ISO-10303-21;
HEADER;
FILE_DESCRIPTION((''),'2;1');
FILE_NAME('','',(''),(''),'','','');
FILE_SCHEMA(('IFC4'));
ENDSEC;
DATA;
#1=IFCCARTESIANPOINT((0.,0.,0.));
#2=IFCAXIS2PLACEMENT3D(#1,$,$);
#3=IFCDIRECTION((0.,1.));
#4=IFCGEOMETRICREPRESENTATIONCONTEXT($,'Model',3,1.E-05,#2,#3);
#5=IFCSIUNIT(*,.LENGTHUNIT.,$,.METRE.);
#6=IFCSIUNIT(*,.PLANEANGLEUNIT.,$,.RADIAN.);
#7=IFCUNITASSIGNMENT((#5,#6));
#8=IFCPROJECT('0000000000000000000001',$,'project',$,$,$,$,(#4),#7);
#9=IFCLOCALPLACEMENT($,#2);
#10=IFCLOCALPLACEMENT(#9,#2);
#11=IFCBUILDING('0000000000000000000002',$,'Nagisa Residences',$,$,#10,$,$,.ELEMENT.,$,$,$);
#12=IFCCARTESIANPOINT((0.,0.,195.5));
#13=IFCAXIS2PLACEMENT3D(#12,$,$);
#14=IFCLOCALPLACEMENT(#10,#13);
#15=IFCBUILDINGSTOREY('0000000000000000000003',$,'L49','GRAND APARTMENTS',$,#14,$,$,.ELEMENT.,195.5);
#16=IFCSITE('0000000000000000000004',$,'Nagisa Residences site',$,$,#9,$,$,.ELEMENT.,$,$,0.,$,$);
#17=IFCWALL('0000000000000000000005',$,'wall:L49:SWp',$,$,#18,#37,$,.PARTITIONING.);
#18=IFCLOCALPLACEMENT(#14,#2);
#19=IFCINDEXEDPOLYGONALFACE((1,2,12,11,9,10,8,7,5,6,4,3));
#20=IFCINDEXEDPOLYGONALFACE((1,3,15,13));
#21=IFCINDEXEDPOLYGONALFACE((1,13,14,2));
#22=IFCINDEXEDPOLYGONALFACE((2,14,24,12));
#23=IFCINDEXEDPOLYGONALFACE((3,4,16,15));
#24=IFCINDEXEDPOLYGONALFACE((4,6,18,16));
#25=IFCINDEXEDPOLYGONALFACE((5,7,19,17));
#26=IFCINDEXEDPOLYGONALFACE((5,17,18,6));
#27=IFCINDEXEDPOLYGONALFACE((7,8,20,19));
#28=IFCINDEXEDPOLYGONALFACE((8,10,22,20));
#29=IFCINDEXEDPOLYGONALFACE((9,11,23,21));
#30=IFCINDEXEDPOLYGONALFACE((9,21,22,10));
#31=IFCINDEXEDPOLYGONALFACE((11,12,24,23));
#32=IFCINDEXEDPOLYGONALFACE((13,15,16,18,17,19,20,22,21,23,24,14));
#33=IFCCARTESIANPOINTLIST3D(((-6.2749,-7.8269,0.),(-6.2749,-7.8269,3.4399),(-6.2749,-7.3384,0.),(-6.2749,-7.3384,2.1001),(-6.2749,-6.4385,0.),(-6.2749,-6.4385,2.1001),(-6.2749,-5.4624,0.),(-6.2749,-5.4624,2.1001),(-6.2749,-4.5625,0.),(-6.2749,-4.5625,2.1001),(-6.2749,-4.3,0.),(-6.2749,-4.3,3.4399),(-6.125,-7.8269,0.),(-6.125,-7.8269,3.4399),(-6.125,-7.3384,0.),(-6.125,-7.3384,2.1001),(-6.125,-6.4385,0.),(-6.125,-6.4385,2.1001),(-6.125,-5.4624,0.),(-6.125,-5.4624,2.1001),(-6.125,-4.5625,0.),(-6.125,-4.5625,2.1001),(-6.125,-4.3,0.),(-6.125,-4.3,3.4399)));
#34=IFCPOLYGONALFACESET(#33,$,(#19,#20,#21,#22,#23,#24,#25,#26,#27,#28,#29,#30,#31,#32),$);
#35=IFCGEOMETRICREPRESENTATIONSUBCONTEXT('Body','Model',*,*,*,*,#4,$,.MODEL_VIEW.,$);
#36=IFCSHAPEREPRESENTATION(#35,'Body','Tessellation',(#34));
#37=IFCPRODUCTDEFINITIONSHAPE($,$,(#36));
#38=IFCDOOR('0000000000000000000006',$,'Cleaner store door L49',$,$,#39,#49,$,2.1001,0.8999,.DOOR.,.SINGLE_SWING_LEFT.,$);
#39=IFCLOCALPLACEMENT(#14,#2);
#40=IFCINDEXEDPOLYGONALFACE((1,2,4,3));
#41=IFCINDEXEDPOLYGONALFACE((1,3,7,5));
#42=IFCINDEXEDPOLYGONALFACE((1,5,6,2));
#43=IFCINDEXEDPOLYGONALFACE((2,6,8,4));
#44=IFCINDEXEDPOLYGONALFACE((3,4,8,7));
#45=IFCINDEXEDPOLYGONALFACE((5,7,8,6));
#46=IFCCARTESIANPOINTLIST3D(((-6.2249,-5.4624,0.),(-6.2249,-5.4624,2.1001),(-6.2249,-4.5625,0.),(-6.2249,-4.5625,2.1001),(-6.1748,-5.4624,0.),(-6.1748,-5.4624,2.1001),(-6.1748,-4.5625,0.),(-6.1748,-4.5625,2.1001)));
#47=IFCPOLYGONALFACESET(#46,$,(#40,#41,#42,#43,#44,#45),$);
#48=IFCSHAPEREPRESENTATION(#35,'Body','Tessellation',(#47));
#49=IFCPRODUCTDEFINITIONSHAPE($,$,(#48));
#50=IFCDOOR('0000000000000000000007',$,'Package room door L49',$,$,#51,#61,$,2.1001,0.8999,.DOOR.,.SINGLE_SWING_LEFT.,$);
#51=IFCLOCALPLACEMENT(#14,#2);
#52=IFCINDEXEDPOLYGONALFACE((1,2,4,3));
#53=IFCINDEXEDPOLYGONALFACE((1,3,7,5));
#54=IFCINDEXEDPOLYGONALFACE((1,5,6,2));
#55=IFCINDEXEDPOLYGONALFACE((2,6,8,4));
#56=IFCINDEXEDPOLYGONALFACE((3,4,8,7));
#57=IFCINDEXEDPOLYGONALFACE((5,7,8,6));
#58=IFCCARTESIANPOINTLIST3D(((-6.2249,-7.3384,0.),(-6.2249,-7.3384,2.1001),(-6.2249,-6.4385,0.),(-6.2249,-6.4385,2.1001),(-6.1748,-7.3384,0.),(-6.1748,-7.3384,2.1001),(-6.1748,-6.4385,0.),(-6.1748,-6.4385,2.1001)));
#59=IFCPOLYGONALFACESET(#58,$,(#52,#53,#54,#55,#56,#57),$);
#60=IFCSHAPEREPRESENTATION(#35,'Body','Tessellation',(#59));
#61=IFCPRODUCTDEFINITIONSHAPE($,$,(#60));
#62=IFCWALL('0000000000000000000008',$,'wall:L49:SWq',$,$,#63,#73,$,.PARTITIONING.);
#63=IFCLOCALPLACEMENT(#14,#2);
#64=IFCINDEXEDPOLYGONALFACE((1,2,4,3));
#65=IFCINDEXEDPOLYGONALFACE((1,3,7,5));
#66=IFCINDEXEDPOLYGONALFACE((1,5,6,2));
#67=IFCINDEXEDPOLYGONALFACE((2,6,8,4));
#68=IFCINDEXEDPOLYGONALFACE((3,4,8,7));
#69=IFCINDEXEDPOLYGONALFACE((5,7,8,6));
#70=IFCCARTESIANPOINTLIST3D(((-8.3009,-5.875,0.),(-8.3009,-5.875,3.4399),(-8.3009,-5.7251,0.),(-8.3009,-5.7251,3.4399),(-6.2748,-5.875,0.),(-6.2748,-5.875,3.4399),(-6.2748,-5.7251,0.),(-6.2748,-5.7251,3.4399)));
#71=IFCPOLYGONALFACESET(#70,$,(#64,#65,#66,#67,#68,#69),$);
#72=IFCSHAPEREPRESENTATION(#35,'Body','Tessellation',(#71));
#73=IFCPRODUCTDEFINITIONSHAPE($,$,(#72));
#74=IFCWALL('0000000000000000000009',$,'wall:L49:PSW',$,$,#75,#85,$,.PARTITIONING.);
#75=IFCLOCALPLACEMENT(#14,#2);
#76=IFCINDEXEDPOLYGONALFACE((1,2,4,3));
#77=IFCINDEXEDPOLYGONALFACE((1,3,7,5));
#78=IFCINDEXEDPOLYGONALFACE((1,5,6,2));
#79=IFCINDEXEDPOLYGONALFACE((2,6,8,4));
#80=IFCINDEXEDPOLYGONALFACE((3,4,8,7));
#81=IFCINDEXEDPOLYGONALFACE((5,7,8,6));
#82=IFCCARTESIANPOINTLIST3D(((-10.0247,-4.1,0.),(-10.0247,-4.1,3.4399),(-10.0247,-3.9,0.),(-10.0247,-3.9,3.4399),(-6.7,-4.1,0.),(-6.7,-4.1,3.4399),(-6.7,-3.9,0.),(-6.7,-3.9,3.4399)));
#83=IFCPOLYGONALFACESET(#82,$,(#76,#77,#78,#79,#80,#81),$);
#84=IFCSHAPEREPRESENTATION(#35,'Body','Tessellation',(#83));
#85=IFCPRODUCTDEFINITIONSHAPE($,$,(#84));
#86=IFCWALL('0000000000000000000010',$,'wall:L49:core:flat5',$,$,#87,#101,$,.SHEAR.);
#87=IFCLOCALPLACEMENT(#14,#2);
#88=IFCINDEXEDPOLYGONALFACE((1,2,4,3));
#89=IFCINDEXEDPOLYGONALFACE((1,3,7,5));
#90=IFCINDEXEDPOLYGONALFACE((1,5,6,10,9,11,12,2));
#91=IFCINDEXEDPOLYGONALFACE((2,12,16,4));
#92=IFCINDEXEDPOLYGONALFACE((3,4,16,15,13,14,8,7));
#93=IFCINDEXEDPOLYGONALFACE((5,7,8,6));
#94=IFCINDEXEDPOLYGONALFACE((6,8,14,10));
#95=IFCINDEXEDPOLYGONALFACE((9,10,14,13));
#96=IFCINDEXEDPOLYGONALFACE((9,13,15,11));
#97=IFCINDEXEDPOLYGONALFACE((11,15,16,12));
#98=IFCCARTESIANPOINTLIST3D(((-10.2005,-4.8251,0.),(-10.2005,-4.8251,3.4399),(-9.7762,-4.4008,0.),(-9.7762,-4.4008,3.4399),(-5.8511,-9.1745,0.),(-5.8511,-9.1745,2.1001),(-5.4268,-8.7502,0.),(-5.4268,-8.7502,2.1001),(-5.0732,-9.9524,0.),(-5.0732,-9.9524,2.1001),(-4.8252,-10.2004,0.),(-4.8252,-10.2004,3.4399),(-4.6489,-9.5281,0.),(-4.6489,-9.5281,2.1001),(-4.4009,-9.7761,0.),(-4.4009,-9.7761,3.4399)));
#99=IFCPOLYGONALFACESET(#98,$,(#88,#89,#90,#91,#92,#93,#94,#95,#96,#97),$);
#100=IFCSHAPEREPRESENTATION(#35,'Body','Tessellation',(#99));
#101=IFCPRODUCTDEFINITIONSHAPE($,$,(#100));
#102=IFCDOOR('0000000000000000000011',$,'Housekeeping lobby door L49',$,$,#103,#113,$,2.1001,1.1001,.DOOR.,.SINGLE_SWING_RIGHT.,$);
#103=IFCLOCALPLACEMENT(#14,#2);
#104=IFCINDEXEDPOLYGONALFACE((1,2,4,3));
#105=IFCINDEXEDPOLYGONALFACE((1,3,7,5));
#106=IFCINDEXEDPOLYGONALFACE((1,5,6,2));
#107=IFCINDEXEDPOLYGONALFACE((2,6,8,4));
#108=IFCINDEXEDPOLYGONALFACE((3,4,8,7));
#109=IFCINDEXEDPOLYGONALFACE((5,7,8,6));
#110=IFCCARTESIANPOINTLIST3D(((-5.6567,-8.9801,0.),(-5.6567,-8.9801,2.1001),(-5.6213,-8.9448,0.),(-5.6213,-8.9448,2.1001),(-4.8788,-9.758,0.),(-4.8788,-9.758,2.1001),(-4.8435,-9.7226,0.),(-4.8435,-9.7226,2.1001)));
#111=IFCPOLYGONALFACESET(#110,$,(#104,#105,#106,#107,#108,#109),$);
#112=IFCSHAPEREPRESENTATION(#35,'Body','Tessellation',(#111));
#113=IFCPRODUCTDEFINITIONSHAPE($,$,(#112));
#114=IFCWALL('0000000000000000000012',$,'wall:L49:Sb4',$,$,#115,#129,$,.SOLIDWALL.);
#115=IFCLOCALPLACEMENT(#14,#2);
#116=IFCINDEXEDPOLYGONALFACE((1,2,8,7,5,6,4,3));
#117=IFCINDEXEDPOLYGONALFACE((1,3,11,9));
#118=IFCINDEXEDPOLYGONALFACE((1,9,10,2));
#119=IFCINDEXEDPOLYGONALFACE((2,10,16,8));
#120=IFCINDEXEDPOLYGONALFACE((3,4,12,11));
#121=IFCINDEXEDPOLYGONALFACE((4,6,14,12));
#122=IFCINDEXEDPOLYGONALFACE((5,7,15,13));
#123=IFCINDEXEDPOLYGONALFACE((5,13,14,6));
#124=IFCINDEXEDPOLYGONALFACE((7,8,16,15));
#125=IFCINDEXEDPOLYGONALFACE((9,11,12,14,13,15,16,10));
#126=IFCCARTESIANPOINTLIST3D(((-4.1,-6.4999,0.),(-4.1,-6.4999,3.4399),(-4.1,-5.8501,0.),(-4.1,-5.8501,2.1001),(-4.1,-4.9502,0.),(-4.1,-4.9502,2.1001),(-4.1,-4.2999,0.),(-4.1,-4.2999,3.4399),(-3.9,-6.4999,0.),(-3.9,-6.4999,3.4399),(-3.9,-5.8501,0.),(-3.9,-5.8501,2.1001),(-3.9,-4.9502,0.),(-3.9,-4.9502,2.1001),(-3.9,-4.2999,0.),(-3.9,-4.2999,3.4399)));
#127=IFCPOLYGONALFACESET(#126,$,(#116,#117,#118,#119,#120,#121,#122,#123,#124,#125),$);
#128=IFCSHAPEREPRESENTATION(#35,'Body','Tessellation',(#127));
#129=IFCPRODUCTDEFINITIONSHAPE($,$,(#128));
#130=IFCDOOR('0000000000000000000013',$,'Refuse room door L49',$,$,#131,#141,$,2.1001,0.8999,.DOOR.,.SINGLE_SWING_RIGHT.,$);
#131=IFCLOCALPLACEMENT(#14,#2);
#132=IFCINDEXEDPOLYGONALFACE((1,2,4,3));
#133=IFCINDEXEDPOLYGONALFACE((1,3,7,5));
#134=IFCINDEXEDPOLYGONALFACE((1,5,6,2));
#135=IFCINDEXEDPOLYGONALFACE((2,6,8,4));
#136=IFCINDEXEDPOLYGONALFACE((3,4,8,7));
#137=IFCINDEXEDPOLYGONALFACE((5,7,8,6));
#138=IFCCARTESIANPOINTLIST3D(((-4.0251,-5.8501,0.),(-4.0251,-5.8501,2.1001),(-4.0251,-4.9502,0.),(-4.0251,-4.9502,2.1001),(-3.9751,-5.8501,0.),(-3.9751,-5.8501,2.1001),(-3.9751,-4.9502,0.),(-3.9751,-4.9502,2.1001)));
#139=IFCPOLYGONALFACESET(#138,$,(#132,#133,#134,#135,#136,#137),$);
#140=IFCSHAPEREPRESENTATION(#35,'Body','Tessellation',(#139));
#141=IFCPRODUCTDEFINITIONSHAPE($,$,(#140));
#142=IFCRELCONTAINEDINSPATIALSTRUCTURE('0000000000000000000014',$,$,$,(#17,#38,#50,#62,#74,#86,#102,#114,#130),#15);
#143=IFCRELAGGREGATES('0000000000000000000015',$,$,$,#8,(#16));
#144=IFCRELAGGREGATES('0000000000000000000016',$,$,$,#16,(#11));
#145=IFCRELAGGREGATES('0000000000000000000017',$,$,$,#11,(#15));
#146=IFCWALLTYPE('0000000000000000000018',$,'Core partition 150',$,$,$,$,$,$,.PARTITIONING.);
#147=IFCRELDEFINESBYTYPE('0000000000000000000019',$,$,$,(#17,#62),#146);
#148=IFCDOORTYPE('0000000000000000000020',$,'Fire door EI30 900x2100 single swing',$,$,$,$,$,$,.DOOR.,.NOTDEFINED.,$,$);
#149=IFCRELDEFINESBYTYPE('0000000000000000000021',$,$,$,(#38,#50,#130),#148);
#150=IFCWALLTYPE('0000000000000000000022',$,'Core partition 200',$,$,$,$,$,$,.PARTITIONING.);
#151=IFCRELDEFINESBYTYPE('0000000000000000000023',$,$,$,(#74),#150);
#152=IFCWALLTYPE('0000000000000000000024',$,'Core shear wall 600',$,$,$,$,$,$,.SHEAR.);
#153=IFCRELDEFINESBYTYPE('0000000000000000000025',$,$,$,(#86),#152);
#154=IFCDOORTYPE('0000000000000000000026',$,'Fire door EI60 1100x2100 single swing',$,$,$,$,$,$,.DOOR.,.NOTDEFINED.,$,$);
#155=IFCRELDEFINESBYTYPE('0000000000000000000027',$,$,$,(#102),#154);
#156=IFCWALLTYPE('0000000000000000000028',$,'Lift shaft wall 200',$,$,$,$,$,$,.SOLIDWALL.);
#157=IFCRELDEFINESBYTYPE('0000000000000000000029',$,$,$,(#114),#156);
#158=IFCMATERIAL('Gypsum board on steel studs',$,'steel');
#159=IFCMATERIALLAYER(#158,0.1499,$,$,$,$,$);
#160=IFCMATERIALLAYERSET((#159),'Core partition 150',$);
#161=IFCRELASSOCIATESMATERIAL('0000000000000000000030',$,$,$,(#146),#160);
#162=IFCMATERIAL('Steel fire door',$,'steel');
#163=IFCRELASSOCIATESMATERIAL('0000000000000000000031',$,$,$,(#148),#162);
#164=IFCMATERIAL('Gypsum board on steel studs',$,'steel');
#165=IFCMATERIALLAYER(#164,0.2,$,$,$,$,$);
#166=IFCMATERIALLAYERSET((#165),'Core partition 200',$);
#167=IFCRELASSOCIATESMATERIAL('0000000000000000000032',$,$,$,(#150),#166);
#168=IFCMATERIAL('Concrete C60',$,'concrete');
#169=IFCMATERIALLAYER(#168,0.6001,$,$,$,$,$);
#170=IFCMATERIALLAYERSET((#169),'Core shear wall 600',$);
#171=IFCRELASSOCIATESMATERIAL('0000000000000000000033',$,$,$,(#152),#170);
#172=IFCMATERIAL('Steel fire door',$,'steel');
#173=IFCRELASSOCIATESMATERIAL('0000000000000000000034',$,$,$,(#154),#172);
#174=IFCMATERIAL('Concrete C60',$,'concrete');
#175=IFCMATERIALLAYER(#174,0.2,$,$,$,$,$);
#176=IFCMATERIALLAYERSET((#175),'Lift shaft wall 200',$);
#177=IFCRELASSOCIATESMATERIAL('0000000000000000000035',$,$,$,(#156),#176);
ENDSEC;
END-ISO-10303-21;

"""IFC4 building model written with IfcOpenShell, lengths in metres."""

from ifc_helpers import new_model, si_unit, direction, frame, frame_2d, origin, place, context, subcontext, project, spatial, rectangle, extrude, material, layer, layer_set, type_object, element, fill, save


model = new_model("IFC4")

# Units and contexts
model_context = context("Model", 3, precision=1e-05, world=origin(), true_north=direction((0.0, 1.0)))
body_context = subcontext(model_context, "Body", "Model", "MODEL_VIEW")
ifc_project = project(units=[si_unit("LENGTHUNIT", "METRE"), si_unit("PLANEANGLEUNIT", "RADIAN")], contexts=[model_context])

# Site, building, storey
site_placement = place(None, origin())
site = spatial("IfcSite", under=ifc_project, at=site_placement, Name="Nagisa Residences site", CompositionType="ELEMENT", RefElevation=0.0)
building_placement = place(site_placement, origin())
building = spatial("IfcBuilding", under=site, at=building_placement, Name="Nagisa Residences", CompositionType="ELEMENT")
storey_placement = place(building_placement, frame((0.0, 0.0, 195.5)))
storey = spatial("IfcBuildingStorey", under=building, at=storey_placement, Name="L49", Description="GRAND APARTMENTS", CompositionType="ELEMENT", Elevation=195.5)

# Wall, openings, doors
ifc_material_1 = material(Name="Gypsum board on steel studs", Category="steel")
ifc_layer_1 = layer(ifc_material_1, 0.1499)
ifc_layer_set_1 = layer_set([ifc_layer_1], Name="Core partition 150")
wall_type_1 = type_object("IfcWallType", Name="Core partition 150", PredefinedType="PARTITIONING", material=ifc_layer_set_1)
wall_1_placement = place(storey_placement, frame((-6.2, -7.8269, 0.0), z_axis=(0.0, 0.0, 1.0), x_axis=(0.0, 1.0, 0.0)))
wall_1 = element("IfcWall", 1, at=wall_1_placement, inside=storey, type_object=wall_type_1, Name="wall:L49:SWp", PredefinedType="PARTITIONING", context=body_context, shape_type="SweptSolid", body=[
    extrude(rectangle(XDim=3.5269, YDim=0.1499, at=frame_2d((1.7634, 0.0))), origin(), (0.0, 0.0, 1.0), 3.4399),
])
opening_1_placement = place(wall_1_placement, frame((2.3645, 0.0, 0.0)))
opening_1 = element("IfcOpeningElement", 2, at=opening_1_placement, cuts=wall_1, PredefinedType="OPENING", context=body_context, shape_type="SweptSolid", body=[
    extrude(rectangle(XDim=0.8999, YDim=2.1001, at=frame_2d((0.45, 1.05))), frame((0.0, 0.085, 0.0), z_axis=(0.0, -1.0, 0.0), x_axis=(1.0, 0.0, 0.0)), (0.0, 0.0, 1.0), 0.1699),
])
opening_2_placement = place(wall_1_placement, frame((0.4885, 0.0, 0.0)))
opening_2 = element("IfcOpeningElement", 3, at=opening_2_placement, cuts=wall_1, PredefinedType="OPENING", context=body_context, shape_type="SweptSolid", body=[
    extrude(rectangle(XDim=0.8999, YDim=2.1001, at=frame_2d((0.45, 1.05))), frame((0.0, 0.085, 0.0), z_axis=(0.0, -1.0, 0.0), x_axis=(1.0, 0.0, 0.0)), (0.0, 0.0, 1.0), 0.1699),
])
ifc_material_2 = material(Name="Steel fire door", Category="steel")
door_type_1 = type_object("IfcDoorType", Name="Fire door EI30 900x2100 single swing", OperationType="NOTDEFINED", PredefinedType="DOOR", material=ifc_material_2)
door_1_placement = place(opening_1_placement, origin())
door_1 = element("IfcDoor", 4, at=door_1_placement, inside=storey, type_object=door_type_1, Name="Cleaner store door L49", OperationType="SINGLE_SWING_LEFT", OverallHeight=2.1001, OverallWidth=0.8999, PredefinedType="DOOR", context=body_context, shape_type="SweptSolid", body=[
    extrude(rectangle(XDim=0.8999, YDim=2.1001, at=frame_2d((0.45, 1.05))), frame((0.0, 0.0249, 0.0), z_axis=(0.0, -1.0, 0.0), x_axis=(1.0, 0.0, 0.0)), (0.0, 0.0, 1.0), 0.05),
])
fill(opening_1, door_1)
door_2_placement = place(opening_2_placement, origin())
door_2 = element("IfcDoor", 5, at=door_2_placement, inside=storey, type_object=door_type_1, Name="Package room door L49", OperationType="SINGLE_SWING_LEFT", OverallHeight=2.1001, OverallWidth=0.8999, PredefinedType="DOOR", context=body_context, shape_type="SweptSolid", body=[
    extrude(rectangle(XDim=0.8999, YDim=2.1001, at=frame_2d((0.45, 1.05))), frame((0.0, 0.0249, 0.0), z_axis=(0.0, -1.0, 0.0), x_axis=(1.0, 0.0, 0.0)), (0.0, 0.0, 1.0), 0.05),
])
fill(opening_2, door_2)

# Walls
wall_2_placement = place(storey_placement, frame((-8.301, -5.8, 0.0), z_axis=(0.0, 0.0, 1.0), x_axis=(1.0, 0.0, 0.0)))
element("IfcWall", 6, at=wall_2_placement, inside=storey, type_object=wall_type_1, Name="wall:L49:SWq", PredefinedType="PARTITIONING", context=body_context, shape_type="SweptSolid", body=[
    extrude(rectangle(XDim=2.0261, YDim=0.1499, at=frame_2d((1.0132, 0.0))), origin(), (0.0, 0.0, 1.0), 3.4399),
])
ifc_material_3 = material(Name="Gypsum board on steel studs", Category="steel")
ifc_layer_2 = layer(ifc_material_3, 0.2)
ifc_layer_set_2 = layer_set([ifc_layer_2], Name="Core partition 200")
wall_type_2 = type_object("IfcWallType", Name="Core partition 200", PredefinedType="PARTITIONING", material=ifc_layer_set_2)
wall_3_placement = place(storey_placement, frame((-10.0247, -4.0, 0.0), z_axis=(0.0, 0.0, 1.0), x_axis=(1.0, 0.0, 0.0)))
element("IfcWall", 7, at=wall_3_placement, inside=storey, type_object=wall_type_2, Name="wall:L49:PSW", PredefinedType="PARTITIONING", context=body_context, shape_type="SweptSolid", body=[
    extrude(rectangle(XDim=3.3247, YDim=0.2, at=frame_2d((1.6624, 0.0))), origin(), (0.0, 0.0, 1.0), 3.4399),
])

# Walls, openings, doors
ifc_material_4 = material(Name="Concrete C60", Category="concrete")
ifc_layer_3 = layer(ifc_material_4, 0.6001)
ifc_layer_set_3 = layer_set([ifc_layer_3], Name="Core shear wall 600")
wall_type_3 = type_object("IfcWallType", Name="Core shear wall 600", PredefinedType="SHEAR", material=ifc_layer_set_3)
wall_4_placement = place(storey_placement, frame((-9.9883, -4.613, 0.0), z_axis=(0.0, 0.0, 1.0), x_axis=(0.707107, -0.707107, 0.0)))
wall_4 = element("IfcWall", 8, at=wall_4_placement, inside=storey, type_object=wall_type_3, Name="wall:L49:core:flat5", PredefinedType="SHEAR", context=body_context, shape_type="SweptSolid", body=[
    extrude(rectangle(XDim=7.6018, YDim=0.6001, at=frame_2d((3.8008, 0.0))), origin(), (0.0, 0.0, 1.0), 3.4399),
])
opening_3_placement = place(wall_4_placement, frame((6.1509, 0.0, 0.0)))
opening_3 = element("IfcOpeningElement", 9, at=opening_3_placement, cuts=wall_4, PredefinedType="OPENING", context=body_context, shape_type="SweptSolid", body=[
    extrude(rectangle(XDim=1.1001, YDim=2.1001, at=frame_2d((0.55, 1.05))), frame((0.0, 0.3101, 0.0), z_axis=(0.0, -1.0, 0.0), x_axis=(1.0, 0.0, 0.0)), (0.0, 0.0, 1.0), 0.6201),
])
ifc_material_5 = material(Name="Steel fire door", Category="steel")
door_type_2 = type_object("IfcDoorType", Name="Fire door EI60 1100x2100 single swing", OperationType="NOTDEFINED", PredefinedType="DOOR", material=ifc_material_5)
door_3_placement = place(opening_3_placement, origin())
door_3 = element("IfcDoor", 10, at=door_3_placement, inside=storey, type_object=door_type_2, Name="Housekeeping lobby door L49", OperationType="SINGLE_SWING_RIGHT", OverallHeight=2.1001, OverallWidth=1.1001, PredefinedType="DOOR", context=body_context, shape_type="SweptSolid", body=[
    extrude(rectangle(XDim=1.1001, YDim=2.1001, at=frame_2d((0.55, 1.05))), frame((0.0, 0.0249, 0.0), z_axis=(0.0, -1.0, 0.0), x_axis=(1.0, 0.0, 0.0)), (0.0, 0.0, 1.0), 0.05),
])
fill(opening_3, door_3)
ifc_material_6 = material(Name="Concrete C60", Category="concrete")
ifc_layer_4 = layer(ifc_material_6, 0.2)
ifc_layer_set_4 = layer_set([ifc_layer_4], Name="Lift shaft wall 200")
wall_type_4 = type_object("IfcWallType", Name="Lift shaft wall 200", PredefinedType="SOLIDWALL", material=ifc_layer_set_4)
wall_5_placement = place(storey_placement, frame((-4.0, -6.5, 0.0), z_axis=(0.0, 0.0, 1.0), x_axis=(0.0, 1.0, 0.0)))
wall_5 = element("IfcWall", 11, at=wall_5_placement, inside=storey, type_object=wall_type_4, Name="wall:L49:Sb4", PredefinedType="SOLIDWALL", context=body_context, shape_type="SweptSolid", body=[
    extrude(rectangle(XDim=2.2, YDim=0.2, at=frame_2d((1.1001, 0.0))), origin(), (0.0, 0.0, 1.0), 3.4399),
])
opening_4_placement = place(wall_5_placement, frame((0.6499, 0.0, 0.0)))
opening_4 = element("IfcOpeningElement", 12, at=opening_4_placement, cuts=wall_5, PredefinedType="OPENING", context=body_context, shape_type="SweptSolid", body=[
    extrude(rectangle(XDim=0.8999, YDim=2.1001, at=frame_2d((0.45, 1.05))), frame((0.0, 0.1099, 0.0), z_axis=(0.0, -1.0, 0.0), x_axis=(1.0, 0.0, 0.0)), (0.0, 0.0, 1.0), 0.22),
])
door_4_placement = place(opening_4_placement, frame((0.8999, 0.0, 0.0), x_axis=(-1.0, 0.0, 0.0)))
door_4 = element("IfcDoor", 13, at=door_4_placement, inside=storey, type_object=door_type_1, Name="Refuse room door L49", OperationType="SINGLE_SWING_RIGHT", OverallHeight=2.1001, OverallWidth=0.8999, PredefinedType="DOOR", context=body_context, shape_type="SweptSolid", body=[
    extrude(rectangle(XDim=0.8999, YDim=2.1001, at=frame_2d((0.45, 1.05))), frame((0.0, 0.0249, 0.0), z_axis=(0.0, -1.0, 0.0), x_axis=(1.0, 0.0, 0.0)), (0.0, 0.0, 1.0), 0.05),
])
fill(opening_4, door_4)

save(model, "model.ifc")
